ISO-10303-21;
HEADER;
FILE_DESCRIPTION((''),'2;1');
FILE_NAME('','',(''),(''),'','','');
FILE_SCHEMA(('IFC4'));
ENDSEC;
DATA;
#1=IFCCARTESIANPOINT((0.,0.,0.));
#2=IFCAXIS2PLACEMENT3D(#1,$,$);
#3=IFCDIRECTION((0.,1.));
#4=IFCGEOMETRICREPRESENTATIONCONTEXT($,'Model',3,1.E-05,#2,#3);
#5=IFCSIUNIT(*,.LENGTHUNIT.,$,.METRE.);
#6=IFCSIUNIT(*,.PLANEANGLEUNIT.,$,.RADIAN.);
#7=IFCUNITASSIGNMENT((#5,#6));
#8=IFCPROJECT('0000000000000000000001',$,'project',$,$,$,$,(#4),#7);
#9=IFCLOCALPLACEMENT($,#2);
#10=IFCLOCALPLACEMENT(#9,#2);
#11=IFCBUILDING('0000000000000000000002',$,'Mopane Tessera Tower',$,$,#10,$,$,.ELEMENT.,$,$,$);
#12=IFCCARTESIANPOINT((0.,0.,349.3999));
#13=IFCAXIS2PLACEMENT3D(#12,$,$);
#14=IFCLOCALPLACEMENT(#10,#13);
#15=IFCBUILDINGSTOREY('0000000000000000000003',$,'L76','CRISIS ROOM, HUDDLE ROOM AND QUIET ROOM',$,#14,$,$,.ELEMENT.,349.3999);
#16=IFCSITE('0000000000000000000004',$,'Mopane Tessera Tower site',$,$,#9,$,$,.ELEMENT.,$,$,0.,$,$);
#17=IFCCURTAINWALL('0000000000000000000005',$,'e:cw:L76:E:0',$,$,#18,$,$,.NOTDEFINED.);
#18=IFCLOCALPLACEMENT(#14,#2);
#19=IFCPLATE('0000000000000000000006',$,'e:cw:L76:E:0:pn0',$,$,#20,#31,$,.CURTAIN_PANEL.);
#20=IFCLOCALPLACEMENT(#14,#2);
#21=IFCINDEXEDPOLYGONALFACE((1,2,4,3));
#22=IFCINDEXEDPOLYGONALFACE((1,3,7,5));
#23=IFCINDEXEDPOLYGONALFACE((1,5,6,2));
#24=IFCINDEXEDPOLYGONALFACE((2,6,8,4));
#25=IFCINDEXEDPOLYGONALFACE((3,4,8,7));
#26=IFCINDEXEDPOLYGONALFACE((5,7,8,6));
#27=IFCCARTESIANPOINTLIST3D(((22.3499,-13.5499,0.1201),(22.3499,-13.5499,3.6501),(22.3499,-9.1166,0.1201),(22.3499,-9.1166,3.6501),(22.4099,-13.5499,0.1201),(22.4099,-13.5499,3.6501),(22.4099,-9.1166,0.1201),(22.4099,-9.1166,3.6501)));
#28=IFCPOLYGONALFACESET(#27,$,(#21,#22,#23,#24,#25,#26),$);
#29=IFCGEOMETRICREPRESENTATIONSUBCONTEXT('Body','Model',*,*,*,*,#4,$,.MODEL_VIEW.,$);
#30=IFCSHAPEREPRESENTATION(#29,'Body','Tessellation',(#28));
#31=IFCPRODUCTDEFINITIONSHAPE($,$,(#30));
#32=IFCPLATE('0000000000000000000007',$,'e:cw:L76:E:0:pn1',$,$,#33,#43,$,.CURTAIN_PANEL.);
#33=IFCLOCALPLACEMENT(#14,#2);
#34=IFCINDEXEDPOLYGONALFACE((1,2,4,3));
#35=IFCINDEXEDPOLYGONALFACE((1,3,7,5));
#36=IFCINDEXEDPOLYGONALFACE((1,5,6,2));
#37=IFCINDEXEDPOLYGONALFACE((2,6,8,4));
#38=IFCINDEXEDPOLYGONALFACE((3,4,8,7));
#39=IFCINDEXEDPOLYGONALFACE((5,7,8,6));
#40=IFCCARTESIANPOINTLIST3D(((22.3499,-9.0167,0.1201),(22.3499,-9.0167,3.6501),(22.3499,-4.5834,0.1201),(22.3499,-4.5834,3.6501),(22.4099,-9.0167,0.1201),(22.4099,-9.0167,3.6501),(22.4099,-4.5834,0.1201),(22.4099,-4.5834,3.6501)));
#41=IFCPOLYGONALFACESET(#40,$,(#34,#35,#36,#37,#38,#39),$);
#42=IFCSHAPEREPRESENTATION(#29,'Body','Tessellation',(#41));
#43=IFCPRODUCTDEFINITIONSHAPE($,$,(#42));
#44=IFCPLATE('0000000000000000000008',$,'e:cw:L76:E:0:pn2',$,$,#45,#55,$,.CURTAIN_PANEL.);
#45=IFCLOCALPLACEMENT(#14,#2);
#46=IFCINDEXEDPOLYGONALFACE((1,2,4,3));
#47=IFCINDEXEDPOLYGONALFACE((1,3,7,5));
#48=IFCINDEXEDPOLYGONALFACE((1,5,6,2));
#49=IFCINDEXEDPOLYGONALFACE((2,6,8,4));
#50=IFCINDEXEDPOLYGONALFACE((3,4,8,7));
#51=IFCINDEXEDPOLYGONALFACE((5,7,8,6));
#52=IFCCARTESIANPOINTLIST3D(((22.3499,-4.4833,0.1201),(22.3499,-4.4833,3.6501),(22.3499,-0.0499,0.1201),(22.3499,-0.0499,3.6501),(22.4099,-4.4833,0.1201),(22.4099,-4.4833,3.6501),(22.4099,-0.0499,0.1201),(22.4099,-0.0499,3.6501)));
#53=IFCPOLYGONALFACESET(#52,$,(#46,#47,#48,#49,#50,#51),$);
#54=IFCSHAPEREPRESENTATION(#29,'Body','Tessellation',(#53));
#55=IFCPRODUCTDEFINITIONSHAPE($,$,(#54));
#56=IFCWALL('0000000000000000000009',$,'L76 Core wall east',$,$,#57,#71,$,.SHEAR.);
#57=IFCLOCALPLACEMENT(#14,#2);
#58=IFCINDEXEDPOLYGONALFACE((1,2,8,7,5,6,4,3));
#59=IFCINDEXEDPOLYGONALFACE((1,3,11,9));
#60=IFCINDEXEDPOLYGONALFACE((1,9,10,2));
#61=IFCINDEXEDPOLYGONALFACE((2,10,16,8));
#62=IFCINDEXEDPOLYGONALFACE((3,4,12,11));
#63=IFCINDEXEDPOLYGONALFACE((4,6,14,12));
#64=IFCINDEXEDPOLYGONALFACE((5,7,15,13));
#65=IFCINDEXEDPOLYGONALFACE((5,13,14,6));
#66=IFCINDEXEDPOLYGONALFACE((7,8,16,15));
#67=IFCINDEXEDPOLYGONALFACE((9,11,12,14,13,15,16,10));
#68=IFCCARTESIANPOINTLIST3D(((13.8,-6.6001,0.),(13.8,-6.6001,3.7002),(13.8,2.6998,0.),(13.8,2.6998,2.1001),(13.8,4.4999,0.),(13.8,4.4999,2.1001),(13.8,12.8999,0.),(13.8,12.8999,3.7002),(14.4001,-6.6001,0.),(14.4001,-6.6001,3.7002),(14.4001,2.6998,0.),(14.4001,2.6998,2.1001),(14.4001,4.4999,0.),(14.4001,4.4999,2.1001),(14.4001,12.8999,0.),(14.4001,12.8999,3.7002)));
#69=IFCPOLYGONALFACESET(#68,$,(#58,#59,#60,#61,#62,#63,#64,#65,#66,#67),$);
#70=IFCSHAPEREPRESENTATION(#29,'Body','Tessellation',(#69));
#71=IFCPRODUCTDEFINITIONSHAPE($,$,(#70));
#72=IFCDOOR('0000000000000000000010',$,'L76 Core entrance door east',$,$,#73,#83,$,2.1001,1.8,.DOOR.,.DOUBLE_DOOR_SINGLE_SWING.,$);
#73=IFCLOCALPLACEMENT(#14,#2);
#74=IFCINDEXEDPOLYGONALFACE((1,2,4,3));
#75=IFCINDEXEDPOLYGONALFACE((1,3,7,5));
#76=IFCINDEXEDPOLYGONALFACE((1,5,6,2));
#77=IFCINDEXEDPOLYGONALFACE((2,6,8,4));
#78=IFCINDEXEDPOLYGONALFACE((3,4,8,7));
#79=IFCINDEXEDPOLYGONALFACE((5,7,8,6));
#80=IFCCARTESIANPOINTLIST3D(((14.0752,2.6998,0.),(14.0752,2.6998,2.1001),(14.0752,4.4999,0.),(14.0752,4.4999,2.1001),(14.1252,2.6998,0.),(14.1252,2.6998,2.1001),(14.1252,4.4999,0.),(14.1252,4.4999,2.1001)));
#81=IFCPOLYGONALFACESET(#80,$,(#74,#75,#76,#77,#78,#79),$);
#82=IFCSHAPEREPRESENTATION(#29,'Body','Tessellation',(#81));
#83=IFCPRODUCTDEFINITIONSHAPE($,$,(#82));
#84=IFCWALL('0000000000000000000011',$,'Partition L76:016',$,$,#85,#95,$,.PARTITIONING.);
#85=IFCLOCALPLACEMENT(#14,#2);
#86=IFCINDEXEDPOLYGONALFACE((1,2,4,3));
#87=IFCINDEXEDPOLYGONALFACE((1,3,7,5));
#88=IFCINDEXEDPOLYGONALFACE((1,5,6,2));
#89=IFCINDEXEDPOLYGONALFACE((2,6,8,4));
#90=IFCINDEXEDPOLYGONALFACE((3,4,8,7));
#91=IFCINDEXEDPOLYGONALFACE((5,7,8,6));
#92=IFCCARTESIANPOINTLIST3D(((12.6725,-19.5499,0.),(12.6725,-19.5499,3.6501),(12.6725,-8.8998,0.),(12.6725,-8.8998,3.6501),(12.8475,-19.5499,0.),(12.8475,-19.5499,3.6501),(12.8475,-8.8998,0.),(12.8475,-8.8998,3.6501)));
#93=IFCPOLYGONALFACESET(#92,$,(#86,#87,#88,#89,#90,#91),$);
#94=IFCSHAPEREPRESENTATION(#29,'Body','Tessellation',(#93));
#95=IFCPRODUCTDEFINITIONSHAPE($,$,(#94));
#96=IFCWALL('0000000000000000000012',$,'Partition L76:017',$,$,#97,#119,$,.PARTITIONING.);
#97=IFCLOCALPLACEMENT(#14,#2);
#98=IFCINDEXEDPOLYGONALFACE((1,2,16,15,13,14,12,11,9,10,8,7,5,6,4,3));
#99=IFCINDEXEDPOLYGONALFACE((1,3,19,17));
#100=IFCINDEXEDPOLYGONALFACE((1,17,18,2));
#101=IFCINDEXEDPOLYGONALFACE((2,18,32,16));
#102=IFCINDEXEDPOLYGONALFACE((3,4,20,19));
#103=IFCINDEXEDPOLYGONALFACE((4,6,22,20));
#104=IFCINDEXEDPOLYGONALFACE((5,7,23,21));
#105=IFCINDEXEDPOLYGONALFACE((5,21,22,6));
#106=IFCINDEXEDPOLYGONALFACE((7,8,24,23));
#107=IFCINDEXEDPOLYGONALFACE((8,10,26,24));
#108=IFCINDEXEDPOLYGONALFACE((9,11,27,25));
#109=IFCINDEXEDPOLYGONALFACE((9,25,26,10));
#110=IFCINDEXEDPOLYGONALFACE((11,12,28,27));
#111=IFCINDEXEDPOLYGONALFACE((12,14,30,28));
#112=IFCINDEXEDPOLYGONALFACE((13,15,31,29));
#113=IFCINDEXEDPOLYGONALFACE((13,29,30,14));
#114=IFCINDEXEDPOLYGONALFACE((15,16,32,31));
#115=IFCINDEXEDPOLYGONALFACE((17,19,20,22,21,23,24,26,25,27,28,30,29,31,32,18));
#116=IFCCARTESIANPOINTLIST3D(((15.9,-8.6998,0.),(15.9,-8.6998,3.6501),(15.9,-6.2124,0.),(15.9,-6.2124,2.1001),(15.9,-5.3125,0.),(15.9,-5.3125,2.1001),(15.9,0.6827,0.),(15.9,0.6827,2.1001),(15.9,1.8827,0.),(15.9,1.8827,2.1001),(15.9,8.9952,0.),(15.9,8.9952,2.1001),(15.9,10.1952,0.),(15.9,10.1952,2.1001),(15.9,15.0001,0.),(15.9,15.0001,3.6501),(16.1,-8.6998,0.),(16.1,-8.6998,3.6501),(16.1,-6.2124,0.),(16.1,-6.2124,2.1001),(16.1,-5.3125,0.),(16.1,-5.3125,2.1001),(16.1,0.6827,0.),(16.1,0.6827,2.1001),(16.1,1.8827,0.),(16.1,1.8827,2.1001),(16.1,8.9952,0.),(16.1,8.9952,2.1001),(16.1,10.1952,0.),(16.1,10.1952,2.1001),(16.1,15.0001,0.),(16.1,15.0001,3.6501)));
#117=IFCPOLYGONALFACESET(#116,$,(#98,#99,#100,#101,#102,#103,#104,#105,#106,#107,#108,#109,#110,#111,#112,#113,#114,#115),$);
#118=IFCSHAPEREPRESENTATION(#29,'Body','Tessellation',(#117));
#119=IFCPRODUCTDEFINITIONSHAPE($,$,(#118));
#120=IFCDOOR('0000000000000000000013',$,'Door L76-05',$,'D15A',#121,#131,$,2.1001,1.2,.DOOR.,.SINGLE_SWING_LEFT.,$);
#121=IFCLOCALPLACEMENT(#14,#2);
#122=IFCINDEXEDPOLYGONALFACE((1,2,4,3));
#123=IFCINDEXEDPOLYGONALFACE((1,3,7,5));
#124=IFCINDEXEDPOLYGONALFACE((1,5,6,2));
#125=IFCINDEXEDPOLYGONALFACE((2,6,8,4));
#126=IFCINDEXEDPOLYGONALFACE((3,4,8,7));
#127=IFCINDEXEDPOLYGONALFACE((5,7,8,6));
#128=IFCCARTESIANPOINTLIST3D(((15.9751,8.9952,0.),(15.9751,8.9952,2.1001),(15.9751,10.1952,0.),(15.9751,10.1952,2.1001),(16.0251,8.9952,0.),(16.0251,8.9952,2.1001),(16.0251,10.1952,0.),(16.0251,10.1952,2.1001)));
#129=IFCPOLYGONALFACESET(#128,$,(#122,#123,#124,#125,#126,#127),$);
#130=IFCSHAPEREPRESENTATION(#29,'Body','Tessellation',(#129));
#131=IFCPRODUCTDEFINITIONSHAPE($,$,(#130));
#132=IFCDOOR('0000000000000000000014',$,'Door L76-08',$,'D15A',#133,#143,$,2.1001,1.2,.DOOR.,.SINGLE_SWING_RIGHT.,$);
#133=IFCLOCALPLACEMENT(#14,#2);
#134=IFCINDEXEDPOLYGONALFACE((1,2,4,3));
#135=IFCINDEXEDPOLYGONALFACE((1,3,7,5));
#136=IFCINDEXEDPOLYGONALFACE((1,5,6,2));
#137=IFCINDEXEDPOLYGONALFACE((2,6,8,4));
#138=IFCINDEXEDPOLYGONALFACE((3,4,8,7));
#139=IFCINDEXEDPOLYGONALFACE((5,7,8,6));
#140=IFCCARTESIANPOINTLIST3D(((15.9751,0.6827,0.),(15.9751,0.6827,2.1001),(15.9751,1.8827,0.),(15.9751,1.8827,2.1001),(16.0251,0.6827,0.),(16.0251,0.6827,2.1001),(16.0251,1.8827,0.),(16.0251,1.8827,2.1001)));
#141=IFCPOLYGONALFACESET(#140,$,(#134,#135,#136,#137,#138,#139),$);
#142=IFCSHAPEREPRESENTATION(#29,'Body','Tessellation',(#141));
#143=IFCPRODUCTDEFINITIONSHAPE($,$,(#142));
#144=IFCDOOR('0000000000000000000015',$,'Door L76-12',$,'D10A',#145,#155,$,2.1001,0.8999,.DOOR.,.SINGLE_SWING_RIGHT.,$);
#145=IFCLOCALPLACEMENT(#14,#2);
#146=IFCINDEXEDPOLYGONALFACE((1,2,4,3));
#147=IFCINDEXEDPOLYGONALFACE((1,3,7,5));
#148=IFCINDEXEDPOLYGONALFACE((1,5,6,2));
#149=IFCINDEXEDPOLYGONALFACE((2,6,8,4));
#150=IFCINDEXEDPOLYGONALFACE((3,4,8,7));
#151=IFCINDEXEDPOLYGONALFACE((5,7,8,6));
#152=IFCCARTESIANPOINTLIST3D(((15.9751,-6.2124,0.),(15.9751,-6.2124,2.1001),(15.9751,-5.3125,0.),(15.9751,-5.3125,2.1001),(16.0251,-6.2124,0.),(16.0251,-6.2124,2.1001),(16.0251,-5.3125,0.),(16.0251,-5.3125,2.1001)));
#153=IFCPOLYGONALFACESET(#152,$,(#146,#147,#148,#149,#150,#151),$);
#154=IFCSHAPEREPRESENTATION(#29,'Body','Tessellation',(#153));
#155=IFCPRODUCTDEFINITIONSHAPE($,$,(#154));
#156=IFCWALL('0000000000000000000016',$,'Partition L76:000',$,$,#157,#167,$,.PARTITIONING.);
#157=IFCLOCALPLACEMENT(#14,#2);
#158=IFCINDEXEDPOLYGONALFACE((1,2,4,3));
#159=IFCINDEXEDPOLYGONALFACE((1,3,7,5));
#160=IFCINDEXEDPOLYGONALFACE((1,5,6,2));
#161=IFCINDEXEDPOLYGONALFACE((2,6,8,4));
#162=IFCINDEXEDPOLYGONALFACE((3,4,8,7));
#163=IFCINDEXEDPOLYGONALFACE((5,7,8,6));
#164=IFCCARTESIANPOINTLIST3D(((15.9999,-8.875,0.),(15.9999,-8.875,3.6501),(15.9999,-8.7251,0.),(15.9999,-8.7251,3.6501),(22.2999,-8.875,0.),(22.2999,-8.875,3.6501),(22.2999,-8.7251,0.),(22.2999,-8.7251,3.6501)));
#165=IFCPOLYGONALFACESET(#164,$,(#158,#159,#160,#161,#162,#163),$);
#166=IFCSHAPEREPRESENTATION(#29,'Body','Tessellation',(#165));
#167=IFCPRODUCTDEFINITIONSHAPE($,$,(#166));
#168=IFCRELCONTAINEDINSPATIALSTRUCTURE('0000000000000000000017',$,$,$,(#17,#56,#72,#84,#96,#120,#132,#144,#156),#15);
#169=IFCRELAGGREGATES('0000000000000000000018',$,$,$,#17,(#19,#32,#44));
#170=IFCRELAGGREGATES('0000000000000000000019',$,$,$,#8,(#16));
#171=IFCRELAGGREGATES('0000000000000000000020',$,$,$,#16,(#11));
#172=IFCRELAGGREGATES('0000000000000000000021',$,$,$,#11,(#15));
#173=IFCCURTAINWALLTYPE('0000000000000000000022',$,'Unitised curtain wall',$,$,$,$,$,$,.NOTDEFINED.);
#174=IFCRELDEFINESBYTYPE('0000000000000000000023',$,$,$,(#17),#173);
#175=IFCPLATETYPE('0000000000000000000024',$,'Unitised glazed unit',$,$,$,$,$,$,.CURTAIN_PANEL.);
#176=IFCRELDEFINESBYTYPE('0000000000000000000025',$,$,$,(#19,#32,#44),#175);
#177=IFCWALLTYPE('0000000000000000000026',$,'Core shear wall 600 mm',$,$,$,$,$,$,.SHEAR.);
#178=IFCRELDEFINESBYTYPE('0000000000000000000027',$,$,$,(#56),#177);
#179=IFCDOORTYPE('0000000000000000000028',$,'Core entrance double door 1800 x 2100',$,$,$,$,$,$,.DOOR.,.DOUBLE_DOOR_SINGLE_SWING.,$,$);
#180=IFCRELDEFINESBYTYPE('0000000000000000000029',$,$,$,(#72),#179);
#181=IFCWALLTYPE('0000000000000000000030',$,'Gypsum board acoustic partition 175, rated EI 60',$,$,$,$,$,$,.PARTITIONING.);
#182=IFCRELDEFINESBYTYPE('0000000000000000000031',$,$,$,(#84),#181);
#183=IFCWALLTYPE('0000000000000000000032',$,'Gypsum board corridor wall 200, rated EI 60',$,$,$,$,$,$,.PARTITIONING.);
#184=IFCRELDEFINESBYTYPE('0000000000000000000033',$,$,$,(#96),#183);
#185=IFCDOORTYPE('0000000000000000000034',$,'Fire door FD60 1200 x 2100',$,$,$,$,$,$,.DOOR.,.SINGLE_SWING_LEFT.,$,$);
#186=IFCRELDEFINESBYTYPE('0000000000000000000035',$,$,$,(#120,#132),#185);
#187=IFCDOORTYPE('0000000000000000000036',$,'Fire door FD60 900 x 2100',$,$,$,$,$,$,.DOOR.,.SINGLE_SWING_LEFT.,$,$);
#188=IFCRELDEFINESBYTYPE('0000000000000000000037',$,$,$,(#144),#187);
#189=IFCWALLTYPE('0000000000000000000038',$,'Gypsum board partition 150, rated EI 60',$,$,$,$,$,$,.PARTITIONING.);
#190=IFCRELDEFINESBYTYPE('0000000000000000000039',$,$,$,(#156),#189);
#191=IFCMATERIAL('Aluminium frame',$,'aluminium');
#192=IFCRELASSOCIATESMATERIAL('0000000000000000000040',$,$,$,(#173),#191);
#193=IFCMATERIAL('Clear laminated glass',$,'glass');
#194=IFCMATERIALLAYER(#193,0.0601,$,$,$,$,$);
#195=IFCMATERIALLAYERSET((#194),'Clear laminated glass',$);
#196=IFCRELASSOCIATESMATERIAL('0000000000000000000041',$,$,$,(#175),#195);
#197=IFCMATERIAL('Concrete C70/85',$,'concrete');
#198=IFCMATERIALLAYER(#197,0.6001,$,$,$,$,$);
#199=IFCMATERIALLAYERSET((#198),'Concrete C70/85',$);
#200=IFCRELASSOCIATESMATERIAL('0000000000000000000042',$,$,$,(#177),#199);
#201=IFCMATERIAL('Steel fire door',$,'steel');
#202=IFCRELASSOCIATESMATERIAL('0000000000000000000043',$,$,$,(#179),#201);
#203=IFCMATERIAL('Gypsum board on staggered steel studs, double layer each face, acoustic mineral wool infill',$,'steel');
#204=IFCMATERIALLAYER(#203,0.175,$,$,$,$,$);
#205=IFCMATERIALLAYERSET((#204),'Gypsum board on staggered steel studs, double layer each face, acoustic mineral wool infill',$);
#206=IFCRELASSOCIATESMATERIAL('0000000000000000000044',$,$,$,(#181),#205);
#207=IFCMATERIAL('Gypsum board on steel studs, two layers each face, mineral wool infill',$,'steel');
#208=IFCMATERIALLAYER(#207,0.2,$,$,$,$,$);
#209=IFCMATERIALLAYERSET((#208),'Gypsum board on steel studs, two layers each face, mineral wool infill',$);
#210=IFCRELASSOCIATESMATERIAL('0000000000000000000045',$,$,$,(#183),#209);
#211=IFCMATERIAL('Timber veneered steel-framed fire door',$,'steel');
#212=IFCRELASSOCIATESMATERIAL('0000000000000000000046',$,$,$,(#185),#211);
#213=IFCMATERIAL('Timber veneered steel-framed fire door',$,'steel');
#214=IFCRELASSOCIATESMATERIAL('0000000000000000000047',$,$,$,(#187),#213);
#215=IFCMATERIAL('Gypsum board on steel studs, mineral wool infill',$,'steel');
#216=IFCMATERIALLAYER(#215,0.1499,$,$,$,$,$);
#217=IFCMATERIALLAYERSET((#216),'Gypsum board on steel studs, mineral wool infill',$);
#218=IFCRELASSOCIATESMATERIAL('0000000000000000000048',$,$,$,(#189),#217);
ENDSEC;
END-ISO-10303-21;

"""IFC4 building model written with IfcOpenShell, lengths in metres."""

from ifc_helpers import new_model, si_unit, direction, frame, frame_2d, origin, origin_2d, place, context, subcontext, project, spatial, rectangle, extrude, material, layer, layer_set, type_object, element, fill, aggregate, save


model = new_model("IFC4")

# Units and contexts
model_context = context("Model", 3, precision=1e-05, world=origin(), true_north=direction((0.0, 1.0)))
body_context = subcontext(model_context, "Body", "Model", "MODEL_VIEW")
ifc_project = project(units=[si_unit("LENGTHUNIT", "METRE"), si_unit("PLANEANGLEUNIT", "RADIAN")], contexts=[model_context])

# Site, building, storey
site_placement = place(None, origin())
site = spatial("IfcSite", under=ifc_project, at=site_placement, Name="Mopane Tessera Tower site", CompositionType="ELEMENT", RefElevation=0.0)
building_placement = place(site_placement, origin())
building = spatial("IfcBuilding", under=site, at=building_placement, Name="Mopane Tessera Tower", CompositionType="ELEMENT")
storey_placement = place(building_placement, frame((0.0, 0.0, 349.3999)))
storey = spatial("IfcBuildingStorey", under=building, at=storey_placement, Name="L76", Description="CRISIS ROOM, HUDDLE ROOM AND QUIET ROOM", CompositionType="ELEMENT", Elevation=349.3999)

# Curtain wall
ifc_material_1 = material(Name="Aluminium frame", Category="aluminium")
curtain_wall_type = type_object("IfcCurtainWallType", Name="Unitised curtain wall", PredefinedType="NOTDEFINED", material=ifc_material_1)
curtain_wall_1_placement = place(storey_placement, origin())
curtain_wall_1 = element("IfcCurtainWall", 1, at=curtain_wall_1_placement, inside=storey, type_object=curtain_wall_type, Name="e:cw:L76:E:0", PredefinedType="NOTDEFINED")

# Plates
ifc_material_2 = material(Name="Clear laminated glass", Category="glass")
ifc_layer_1 = layer(ifc_material_2, 0.0601)
ifc_layer_set_1 = layer_set([ifc_layer_1], Name="Clear laminated glass")
plate_type = type_object("IfcPlateType", Name="Unitised glazed unit", PredefinedType="CURTAIN_PANEL", material=ifc_layer_set_1)
plate_1_placement = place(storey_placement, frame((22.3799, -11.3333, 0.1201), z_axis=(0.0, 0.0, 1.0), x_axis=(0.0, 1.0, 0.0)))
plate_1 = element("IfcPlate", 2, at=plate_1_placement, type_object=plate_type, Name="e:cw:L76:E:0:pn0", PredefinedType="CURTAIN_PANEL", context=body_context, shape_type="SweptSolid", body=[
    extrude(rectangle(XDim=4.4333, YDim=0.0601, at=origin_2d()), origin(), (0.0, 0.0, 1.0), 3.53),
])
plate_2_placement = place(storey_placement, frame((22.3799, -6.8, 0.1201), z_axis=(0.0, 0.0, 1.0), x_axis=(0.0, 1.0, 0.0)))
plate_2 = element("IfcPlate", 3, at=plate_2_placement, type_object=plate_type, Name="e:cw:L76:E:0:pn1", PredefinedType="CURTAIN_PANEL", context=body_context, shape_type="SweptSolid", body=[
    extrude(rectangle(XDim=4.4333, YDim=0.0601, at=origin_2d()), origin(), (0.0, 0.0, 1.0), 3.53),
])
plate_3_placement = place(storey_placement, frame((22.3799, -2.2666, 0.1201), z_axis=(0.0, 0.0, 1.0), x_axis=(0.0, 1.0, 0.0)))
plate_3 = element("IfcPlate", 4, at=plate_3_placement, type_object=plate_type, Name="e:cw:L76:E:0:pn2", PredefinedType="CURTAIN_PANEL", context=body_context, shape_type="SweptSolid", body=[
    extrude(rectangle(XDim=4.4333, YDim=0.0601, at=origin_2d()), origin(), (0.0, 0.0, 1.0), 3.53),
])
aggregate(curtain_wall_1, [plate_1, plate_2, plate_3])

# Wall, opening, door
ifc_material_3 = material(Name="Concrete C70/85", Category="concrete")
ifc_layer_2 = layer(ifc_material_3, 0.6001)
ifc_layer_set_2 = layer_set([ifc_layer_2], Name="Concrete C70/85")
wall_type_1 = type_object("IfcWallType", Name="Core shear wall 600 mm", PredefinedType="SHEAR", material=ifc_layer_set_2)
wall_1_placement = place(storey_placement, frame((14.1001, -6.6001, 0.0), z_axis=(0.0, 0.0, 1.0), x_axis=(0.0, 1.0, 0.0)))
wall_1 = element("IfcWall", 5, at=wall_1_placement, inside=storey, type_object=wall_type_1, Name="L76 Core wall east", PredefinedType="SHEAR", context=body_context, shape_type="SweptSolid", body=[
    extrude(rectangle(XDim=19.5, YDim=0.6001, at=frame_2d((9.75, 0.0))), origin(), (0.0, 0.0, 1.0), 3.7002),
])
opening_1_placement = place(wall_1_placement, frame((9.3, 0.0, 0.0)))
opening_1 = element("IfcOpeningElement", 6, at=opening_1_placement, cuts=wall_1, PredefinedType="OPENING", context=body_context, shape_type="SweptSolid", body=[
    extrude(rectangle(XDim=1.8, YDim=2.1001, at=frame_2d((0.8999, 1.05))), frame((0.0, 0.312, 0.0), z_axis=(0.0, -1.0, 0.0), x_axis=(1.0, 0.0, 0.0)), (0.0, 0.0, 1.0), 0.624),
])
ifc_material_4 = material(Name="Steel fire door", Category="steel")
door_type_1 = type_object("IfcDoorType", Name="Core entrance double door 1800 x 2100", OperationType="DOUBLE_DOOR_SINGLE_SWING", PredefinedType="DOOR", material=ifc_material_4)
door_1_placement = place(opening_1_placement, origin())
door_1 = element("IfcDoor", 7, at=door_1_placement, inside=storey, type_object=door_type_1, Name="L76 Core entrance door east", OperationType="DOUBLE_DOOR_SINGLE_SWING", OverallHeight=2.1001, OverallWidth=1.8, PredefinedType="DOOR", context=body_context, shape_type="SweptSolid", body=[
    extrude(rectangle(XDim=1.8, YDim=2.1001, at=frame_2d((0.8999, 1.05))), frame((0.0, 0.0249, 0.0), z_axis=(0.0, -1.0, 0.0), x_axis=(1.0, 0.0, 0.0)), (0.0, 0.0, 1.0), 0.05),
])
fill(opening_1, door_1)

# Wall
ifc_material_5 = material(Name="Gypsum board on staggered steel studs, double layer each face, acoustic mineral wool infill", Category="steel")
ifc_layer_3 = layer(ifc_material_5, 0.175)
ifc_layer_set_3 = layer_set([ifc_layer_3], Name="Gypsum board on staggered steel studs, double layer each face, acoustic mineral wool infill")
wall_type_2 = type_object("IfcWallType", Name="Gypsum board acoustic partition 175, rated EI 60", PredefinedType="PARTITIONING", material=ifc_layer_set_3)
wall_2_placement = place(storey_placement, frame((12.76, -19.55, 0.0), z_axis=(0.0, 0.0, 1.0), x_axis=(0.0, 1.0, 0.0)))
element("IfcWall", 8, at=wall_2_placement, inside=storey, type_object=wall_type_2, Name="Partition L76:016", PredefinedType="PARTITIONING", context=body_context, shape_type="SweptSolid", body=[
    extrude(rectangle(XDim=10.6501, YDim=0.175, at=frame_2d((5.3252, 0.0))), origin(), (0.0, 0.0, 1.0), 3.6501),
])

# Wall, openings, doors
ifc_material_6 = material(Name="Gypsum board on steel studs, two layers each face, mineral wool infill", Category="steel")
ifc_layer_4 = layer(ifc_material_6, 0.2)
ifc_layer_set_4 = layer_set([ifc_layer_4], Name="Gypsum board on steel studs, two layers each face, mineral wool infill")
wall_type_3 = type_object("IfcWallType", Name="Gypsum board corridor wall 200, rated EI 60", PredefinedType="PARTITIONING", material=ifc_layer_set_4)
wall_3_placement = place(storey_placement, frame((16.0, -8.7, 0.0), z_axis=(0.0, 0.0, 1.0), x_axis=(0.0, 1.0, 0.0)))
wall_3 = element("IfcWall", 9, at=wall_3_placement, inside=storey, type_object=wall_type_3, Name="Partition L76:017", PredefinedType="PARTITIONING", context=body_context, shape_type="SweptSolid", body=[
    extrude(rectangle(XDim=23.7, YDim=0.2, at=frame_2d((11.8501, 0.0))), origin(), (0.0, 0.0, 1.0), 3.6501),
])
opening_2_placement = place(wall_3_placement, frame((17.6951, 0.0, 0.0)))
opening_2 = element("IfcOpeningElement", 10, at=opening_2_placement, cuts=wall_3, PredefinedType="OPENING", context=body_context, shape_type="SweptSolid", body=[
    extrude(rectangle(XDim=1.2, YDim=2.1001, at=frame_2d((0.6001, 1.05))), frame((0.0, 0.1121, 0.0), z_axis=(0.0, -1.0, 0.0), x_axis=(1.0, 0.0, 0.0)), (0.0, 0.0, 1.0), 0.2239),
])
opening_3_placement = place(wall_3_placement, frame((9.3826, 0.0, 0.0)))
opening_3 = element("IfcOpeningElement", 11, at=opening_3_placement, cuts=wall_3, PredefinedType="OPENING", context=body_context, shape_type="SweptSolid", body=[
    extrude(rectangle(XDim=1.2, YDim=2.1001, at=frame_2d((0.6001, 1.05))), frame((0.0, 0.1121, 0.0), z_axis=(0.0, -1.0, 0.0), x_axis=(1.0, 0.0, 0.0)), (0.0, 0.0, 1.0), 0.2239),
])
opening_4_placement = place(wall_3_placement, frame((2.4875, 0.0, 0.0)))
opening_4 = element("IfcOpeningElement", 12, at=opening_4_placement, cuts=wall_3, PredefinedType="OPENING", context=body_context, shape_type="SweptSolid", body=[
    extrude(rectangle(XDim=0.8999, YDim=2.1001, at=frame_2d((0.45, 1.05))), frame((0.0, 0.1121, 0.0), z_axis=(0.0, -1.0, 0.0), x_axis=(1.0, 0.0, 0.0)), (0.0, 0.0, 1.0), 0.2239),
])
ifc_material_7 = material(Name="Timber veneered steel-framed fire door", Category="steel")
door_type_2 = type_object("IfcDoorType", Name="Fire door FD60 1200 x 2100", OperationType="SINGLE_SWING_LEFT", PredefinedType="DOOR", material=ifc_material_7)
door_2_placement = place(opening_2_placement, origin())
door_2 = element("IfcDoor", 13, at=door_2_placement, inside=storey, type_object=door_type_2, Name="Door L76-05", ObjectType="D15A", OperationType="SINGLE_SWING_LEFT", OverallHeight=2.1001, OverallWidth=1.2, PredefinedType="DOOR", context=body_context, shape_type="SweptSolid", body=[
    extrude(rectangle(XDim=1.2, YDim=2.1001, at=frame_2d((0.6001, 1.05))), frame((0.0, 0.0249, 0.0), z_axis=(0.0, -1.0, 0.0), x_axis=(1.0, 0.0, 0.0)), (0.0, 0.0, 1.0), 0.05),
])
fill(opening_2, door_2)
door_3_placement = place(opening_3_placement, origin())
door_3 = element("IfcDoor", 14, at=door_3_placement, inside=storey, type_object=door_type_2, Name="Door L76-08", ObjectType="D15A", OperationType="SINGLE_SWING_RIGHT", OverallHeight=2.1001, OverallWidth=1.2, PredefinedType="DOOR", context=body_context, shape_type="SweptSolid", body=[
    extrude(rectangle(XDim=1.2, YDim=2.1001, at=frame_2d((0.6001, 1.05))), frame((0.0, 0.0249, 0.0), z_axis=(0.0, -1.0, 0.0), x_axis=(1.0, 0.0, 0.0)), (0.0, 0.0, 1.0), 0.05),
])
fill(opening_3, door_3)
ifc_material_8 = material(Name="Timber veneered steel-framed fire door", Category="steel")
door_type_3 = type_object("IfcDoorType", Name="Fire door FD60 900 x 2100", OperationType="SINGLE_SWING_LEFT", PredefinedType="DOOR", material=ifc_material_8)
door_4_placement = place(opening_4_placement, origin())
door_4 = element("IfcDoor", 15, at=door_4_placement, inside=storey, type_object=door_type_3, Name="Door L76-12", ObjectType="D10A", OperationType="SINGLE_SWING_RIGHT", OverallHeight=2.1001, OverallWidth=0.8999, PredefinedType="DOOR", context=body_context, shape_type="SweptSolid", body=[
    extrude(rectangle(XDim=0.8999, YDim=2.1001, at=frame_2d((0.45, 1.05))), frame((0.0, 0.0249, 0.0), z_axis=(0.0, -1.0, 0.0), x_axis=(1.0, 0.0, 0.0)), (0.0, 0.0, 1.0), 0.05),
])
fill(opening_4, door_4)

# Wall
ifc_material_9 = material(Name="Gypsum board on steel studs, mineral wool infill", Category="steel")
ifc_layer_5 = layer(ifc_material_9, 0.1499)
ifc_layer_set_5 = layer_set([ifc_layer_5], Name="Gypsum board on steel studs, mineral wool infill")
wall_type_4 = type_object("IfcWallType", Name="Gypsum board partition 150, rated EI 60", PredefinedType="PARTITIONING", material=ifc_layer_set_5)
wall_4_placement = place(storey_placement, frame((16.0, -8.8, 0.0), z_axis=(0.0, 0.0, 1.0), x_axis=(1.0, 0.0, 0.0)))
element("IfcWall", 16, at=wall_4_placement, inside=storey, type_object=wall_type_4, Name="Partition L76:000", PredefinedType="PARTITIONING", context=body_context, shape_type="SweptSolid", body=[
    extrude(rectangle(XDim=6.3, YDim=0.1499, at=frame_2d((3.1499, 0.0))), origin(), (0.0, 0.0, 1.0), 3.6501),
])

save(model, "model.ifc")
